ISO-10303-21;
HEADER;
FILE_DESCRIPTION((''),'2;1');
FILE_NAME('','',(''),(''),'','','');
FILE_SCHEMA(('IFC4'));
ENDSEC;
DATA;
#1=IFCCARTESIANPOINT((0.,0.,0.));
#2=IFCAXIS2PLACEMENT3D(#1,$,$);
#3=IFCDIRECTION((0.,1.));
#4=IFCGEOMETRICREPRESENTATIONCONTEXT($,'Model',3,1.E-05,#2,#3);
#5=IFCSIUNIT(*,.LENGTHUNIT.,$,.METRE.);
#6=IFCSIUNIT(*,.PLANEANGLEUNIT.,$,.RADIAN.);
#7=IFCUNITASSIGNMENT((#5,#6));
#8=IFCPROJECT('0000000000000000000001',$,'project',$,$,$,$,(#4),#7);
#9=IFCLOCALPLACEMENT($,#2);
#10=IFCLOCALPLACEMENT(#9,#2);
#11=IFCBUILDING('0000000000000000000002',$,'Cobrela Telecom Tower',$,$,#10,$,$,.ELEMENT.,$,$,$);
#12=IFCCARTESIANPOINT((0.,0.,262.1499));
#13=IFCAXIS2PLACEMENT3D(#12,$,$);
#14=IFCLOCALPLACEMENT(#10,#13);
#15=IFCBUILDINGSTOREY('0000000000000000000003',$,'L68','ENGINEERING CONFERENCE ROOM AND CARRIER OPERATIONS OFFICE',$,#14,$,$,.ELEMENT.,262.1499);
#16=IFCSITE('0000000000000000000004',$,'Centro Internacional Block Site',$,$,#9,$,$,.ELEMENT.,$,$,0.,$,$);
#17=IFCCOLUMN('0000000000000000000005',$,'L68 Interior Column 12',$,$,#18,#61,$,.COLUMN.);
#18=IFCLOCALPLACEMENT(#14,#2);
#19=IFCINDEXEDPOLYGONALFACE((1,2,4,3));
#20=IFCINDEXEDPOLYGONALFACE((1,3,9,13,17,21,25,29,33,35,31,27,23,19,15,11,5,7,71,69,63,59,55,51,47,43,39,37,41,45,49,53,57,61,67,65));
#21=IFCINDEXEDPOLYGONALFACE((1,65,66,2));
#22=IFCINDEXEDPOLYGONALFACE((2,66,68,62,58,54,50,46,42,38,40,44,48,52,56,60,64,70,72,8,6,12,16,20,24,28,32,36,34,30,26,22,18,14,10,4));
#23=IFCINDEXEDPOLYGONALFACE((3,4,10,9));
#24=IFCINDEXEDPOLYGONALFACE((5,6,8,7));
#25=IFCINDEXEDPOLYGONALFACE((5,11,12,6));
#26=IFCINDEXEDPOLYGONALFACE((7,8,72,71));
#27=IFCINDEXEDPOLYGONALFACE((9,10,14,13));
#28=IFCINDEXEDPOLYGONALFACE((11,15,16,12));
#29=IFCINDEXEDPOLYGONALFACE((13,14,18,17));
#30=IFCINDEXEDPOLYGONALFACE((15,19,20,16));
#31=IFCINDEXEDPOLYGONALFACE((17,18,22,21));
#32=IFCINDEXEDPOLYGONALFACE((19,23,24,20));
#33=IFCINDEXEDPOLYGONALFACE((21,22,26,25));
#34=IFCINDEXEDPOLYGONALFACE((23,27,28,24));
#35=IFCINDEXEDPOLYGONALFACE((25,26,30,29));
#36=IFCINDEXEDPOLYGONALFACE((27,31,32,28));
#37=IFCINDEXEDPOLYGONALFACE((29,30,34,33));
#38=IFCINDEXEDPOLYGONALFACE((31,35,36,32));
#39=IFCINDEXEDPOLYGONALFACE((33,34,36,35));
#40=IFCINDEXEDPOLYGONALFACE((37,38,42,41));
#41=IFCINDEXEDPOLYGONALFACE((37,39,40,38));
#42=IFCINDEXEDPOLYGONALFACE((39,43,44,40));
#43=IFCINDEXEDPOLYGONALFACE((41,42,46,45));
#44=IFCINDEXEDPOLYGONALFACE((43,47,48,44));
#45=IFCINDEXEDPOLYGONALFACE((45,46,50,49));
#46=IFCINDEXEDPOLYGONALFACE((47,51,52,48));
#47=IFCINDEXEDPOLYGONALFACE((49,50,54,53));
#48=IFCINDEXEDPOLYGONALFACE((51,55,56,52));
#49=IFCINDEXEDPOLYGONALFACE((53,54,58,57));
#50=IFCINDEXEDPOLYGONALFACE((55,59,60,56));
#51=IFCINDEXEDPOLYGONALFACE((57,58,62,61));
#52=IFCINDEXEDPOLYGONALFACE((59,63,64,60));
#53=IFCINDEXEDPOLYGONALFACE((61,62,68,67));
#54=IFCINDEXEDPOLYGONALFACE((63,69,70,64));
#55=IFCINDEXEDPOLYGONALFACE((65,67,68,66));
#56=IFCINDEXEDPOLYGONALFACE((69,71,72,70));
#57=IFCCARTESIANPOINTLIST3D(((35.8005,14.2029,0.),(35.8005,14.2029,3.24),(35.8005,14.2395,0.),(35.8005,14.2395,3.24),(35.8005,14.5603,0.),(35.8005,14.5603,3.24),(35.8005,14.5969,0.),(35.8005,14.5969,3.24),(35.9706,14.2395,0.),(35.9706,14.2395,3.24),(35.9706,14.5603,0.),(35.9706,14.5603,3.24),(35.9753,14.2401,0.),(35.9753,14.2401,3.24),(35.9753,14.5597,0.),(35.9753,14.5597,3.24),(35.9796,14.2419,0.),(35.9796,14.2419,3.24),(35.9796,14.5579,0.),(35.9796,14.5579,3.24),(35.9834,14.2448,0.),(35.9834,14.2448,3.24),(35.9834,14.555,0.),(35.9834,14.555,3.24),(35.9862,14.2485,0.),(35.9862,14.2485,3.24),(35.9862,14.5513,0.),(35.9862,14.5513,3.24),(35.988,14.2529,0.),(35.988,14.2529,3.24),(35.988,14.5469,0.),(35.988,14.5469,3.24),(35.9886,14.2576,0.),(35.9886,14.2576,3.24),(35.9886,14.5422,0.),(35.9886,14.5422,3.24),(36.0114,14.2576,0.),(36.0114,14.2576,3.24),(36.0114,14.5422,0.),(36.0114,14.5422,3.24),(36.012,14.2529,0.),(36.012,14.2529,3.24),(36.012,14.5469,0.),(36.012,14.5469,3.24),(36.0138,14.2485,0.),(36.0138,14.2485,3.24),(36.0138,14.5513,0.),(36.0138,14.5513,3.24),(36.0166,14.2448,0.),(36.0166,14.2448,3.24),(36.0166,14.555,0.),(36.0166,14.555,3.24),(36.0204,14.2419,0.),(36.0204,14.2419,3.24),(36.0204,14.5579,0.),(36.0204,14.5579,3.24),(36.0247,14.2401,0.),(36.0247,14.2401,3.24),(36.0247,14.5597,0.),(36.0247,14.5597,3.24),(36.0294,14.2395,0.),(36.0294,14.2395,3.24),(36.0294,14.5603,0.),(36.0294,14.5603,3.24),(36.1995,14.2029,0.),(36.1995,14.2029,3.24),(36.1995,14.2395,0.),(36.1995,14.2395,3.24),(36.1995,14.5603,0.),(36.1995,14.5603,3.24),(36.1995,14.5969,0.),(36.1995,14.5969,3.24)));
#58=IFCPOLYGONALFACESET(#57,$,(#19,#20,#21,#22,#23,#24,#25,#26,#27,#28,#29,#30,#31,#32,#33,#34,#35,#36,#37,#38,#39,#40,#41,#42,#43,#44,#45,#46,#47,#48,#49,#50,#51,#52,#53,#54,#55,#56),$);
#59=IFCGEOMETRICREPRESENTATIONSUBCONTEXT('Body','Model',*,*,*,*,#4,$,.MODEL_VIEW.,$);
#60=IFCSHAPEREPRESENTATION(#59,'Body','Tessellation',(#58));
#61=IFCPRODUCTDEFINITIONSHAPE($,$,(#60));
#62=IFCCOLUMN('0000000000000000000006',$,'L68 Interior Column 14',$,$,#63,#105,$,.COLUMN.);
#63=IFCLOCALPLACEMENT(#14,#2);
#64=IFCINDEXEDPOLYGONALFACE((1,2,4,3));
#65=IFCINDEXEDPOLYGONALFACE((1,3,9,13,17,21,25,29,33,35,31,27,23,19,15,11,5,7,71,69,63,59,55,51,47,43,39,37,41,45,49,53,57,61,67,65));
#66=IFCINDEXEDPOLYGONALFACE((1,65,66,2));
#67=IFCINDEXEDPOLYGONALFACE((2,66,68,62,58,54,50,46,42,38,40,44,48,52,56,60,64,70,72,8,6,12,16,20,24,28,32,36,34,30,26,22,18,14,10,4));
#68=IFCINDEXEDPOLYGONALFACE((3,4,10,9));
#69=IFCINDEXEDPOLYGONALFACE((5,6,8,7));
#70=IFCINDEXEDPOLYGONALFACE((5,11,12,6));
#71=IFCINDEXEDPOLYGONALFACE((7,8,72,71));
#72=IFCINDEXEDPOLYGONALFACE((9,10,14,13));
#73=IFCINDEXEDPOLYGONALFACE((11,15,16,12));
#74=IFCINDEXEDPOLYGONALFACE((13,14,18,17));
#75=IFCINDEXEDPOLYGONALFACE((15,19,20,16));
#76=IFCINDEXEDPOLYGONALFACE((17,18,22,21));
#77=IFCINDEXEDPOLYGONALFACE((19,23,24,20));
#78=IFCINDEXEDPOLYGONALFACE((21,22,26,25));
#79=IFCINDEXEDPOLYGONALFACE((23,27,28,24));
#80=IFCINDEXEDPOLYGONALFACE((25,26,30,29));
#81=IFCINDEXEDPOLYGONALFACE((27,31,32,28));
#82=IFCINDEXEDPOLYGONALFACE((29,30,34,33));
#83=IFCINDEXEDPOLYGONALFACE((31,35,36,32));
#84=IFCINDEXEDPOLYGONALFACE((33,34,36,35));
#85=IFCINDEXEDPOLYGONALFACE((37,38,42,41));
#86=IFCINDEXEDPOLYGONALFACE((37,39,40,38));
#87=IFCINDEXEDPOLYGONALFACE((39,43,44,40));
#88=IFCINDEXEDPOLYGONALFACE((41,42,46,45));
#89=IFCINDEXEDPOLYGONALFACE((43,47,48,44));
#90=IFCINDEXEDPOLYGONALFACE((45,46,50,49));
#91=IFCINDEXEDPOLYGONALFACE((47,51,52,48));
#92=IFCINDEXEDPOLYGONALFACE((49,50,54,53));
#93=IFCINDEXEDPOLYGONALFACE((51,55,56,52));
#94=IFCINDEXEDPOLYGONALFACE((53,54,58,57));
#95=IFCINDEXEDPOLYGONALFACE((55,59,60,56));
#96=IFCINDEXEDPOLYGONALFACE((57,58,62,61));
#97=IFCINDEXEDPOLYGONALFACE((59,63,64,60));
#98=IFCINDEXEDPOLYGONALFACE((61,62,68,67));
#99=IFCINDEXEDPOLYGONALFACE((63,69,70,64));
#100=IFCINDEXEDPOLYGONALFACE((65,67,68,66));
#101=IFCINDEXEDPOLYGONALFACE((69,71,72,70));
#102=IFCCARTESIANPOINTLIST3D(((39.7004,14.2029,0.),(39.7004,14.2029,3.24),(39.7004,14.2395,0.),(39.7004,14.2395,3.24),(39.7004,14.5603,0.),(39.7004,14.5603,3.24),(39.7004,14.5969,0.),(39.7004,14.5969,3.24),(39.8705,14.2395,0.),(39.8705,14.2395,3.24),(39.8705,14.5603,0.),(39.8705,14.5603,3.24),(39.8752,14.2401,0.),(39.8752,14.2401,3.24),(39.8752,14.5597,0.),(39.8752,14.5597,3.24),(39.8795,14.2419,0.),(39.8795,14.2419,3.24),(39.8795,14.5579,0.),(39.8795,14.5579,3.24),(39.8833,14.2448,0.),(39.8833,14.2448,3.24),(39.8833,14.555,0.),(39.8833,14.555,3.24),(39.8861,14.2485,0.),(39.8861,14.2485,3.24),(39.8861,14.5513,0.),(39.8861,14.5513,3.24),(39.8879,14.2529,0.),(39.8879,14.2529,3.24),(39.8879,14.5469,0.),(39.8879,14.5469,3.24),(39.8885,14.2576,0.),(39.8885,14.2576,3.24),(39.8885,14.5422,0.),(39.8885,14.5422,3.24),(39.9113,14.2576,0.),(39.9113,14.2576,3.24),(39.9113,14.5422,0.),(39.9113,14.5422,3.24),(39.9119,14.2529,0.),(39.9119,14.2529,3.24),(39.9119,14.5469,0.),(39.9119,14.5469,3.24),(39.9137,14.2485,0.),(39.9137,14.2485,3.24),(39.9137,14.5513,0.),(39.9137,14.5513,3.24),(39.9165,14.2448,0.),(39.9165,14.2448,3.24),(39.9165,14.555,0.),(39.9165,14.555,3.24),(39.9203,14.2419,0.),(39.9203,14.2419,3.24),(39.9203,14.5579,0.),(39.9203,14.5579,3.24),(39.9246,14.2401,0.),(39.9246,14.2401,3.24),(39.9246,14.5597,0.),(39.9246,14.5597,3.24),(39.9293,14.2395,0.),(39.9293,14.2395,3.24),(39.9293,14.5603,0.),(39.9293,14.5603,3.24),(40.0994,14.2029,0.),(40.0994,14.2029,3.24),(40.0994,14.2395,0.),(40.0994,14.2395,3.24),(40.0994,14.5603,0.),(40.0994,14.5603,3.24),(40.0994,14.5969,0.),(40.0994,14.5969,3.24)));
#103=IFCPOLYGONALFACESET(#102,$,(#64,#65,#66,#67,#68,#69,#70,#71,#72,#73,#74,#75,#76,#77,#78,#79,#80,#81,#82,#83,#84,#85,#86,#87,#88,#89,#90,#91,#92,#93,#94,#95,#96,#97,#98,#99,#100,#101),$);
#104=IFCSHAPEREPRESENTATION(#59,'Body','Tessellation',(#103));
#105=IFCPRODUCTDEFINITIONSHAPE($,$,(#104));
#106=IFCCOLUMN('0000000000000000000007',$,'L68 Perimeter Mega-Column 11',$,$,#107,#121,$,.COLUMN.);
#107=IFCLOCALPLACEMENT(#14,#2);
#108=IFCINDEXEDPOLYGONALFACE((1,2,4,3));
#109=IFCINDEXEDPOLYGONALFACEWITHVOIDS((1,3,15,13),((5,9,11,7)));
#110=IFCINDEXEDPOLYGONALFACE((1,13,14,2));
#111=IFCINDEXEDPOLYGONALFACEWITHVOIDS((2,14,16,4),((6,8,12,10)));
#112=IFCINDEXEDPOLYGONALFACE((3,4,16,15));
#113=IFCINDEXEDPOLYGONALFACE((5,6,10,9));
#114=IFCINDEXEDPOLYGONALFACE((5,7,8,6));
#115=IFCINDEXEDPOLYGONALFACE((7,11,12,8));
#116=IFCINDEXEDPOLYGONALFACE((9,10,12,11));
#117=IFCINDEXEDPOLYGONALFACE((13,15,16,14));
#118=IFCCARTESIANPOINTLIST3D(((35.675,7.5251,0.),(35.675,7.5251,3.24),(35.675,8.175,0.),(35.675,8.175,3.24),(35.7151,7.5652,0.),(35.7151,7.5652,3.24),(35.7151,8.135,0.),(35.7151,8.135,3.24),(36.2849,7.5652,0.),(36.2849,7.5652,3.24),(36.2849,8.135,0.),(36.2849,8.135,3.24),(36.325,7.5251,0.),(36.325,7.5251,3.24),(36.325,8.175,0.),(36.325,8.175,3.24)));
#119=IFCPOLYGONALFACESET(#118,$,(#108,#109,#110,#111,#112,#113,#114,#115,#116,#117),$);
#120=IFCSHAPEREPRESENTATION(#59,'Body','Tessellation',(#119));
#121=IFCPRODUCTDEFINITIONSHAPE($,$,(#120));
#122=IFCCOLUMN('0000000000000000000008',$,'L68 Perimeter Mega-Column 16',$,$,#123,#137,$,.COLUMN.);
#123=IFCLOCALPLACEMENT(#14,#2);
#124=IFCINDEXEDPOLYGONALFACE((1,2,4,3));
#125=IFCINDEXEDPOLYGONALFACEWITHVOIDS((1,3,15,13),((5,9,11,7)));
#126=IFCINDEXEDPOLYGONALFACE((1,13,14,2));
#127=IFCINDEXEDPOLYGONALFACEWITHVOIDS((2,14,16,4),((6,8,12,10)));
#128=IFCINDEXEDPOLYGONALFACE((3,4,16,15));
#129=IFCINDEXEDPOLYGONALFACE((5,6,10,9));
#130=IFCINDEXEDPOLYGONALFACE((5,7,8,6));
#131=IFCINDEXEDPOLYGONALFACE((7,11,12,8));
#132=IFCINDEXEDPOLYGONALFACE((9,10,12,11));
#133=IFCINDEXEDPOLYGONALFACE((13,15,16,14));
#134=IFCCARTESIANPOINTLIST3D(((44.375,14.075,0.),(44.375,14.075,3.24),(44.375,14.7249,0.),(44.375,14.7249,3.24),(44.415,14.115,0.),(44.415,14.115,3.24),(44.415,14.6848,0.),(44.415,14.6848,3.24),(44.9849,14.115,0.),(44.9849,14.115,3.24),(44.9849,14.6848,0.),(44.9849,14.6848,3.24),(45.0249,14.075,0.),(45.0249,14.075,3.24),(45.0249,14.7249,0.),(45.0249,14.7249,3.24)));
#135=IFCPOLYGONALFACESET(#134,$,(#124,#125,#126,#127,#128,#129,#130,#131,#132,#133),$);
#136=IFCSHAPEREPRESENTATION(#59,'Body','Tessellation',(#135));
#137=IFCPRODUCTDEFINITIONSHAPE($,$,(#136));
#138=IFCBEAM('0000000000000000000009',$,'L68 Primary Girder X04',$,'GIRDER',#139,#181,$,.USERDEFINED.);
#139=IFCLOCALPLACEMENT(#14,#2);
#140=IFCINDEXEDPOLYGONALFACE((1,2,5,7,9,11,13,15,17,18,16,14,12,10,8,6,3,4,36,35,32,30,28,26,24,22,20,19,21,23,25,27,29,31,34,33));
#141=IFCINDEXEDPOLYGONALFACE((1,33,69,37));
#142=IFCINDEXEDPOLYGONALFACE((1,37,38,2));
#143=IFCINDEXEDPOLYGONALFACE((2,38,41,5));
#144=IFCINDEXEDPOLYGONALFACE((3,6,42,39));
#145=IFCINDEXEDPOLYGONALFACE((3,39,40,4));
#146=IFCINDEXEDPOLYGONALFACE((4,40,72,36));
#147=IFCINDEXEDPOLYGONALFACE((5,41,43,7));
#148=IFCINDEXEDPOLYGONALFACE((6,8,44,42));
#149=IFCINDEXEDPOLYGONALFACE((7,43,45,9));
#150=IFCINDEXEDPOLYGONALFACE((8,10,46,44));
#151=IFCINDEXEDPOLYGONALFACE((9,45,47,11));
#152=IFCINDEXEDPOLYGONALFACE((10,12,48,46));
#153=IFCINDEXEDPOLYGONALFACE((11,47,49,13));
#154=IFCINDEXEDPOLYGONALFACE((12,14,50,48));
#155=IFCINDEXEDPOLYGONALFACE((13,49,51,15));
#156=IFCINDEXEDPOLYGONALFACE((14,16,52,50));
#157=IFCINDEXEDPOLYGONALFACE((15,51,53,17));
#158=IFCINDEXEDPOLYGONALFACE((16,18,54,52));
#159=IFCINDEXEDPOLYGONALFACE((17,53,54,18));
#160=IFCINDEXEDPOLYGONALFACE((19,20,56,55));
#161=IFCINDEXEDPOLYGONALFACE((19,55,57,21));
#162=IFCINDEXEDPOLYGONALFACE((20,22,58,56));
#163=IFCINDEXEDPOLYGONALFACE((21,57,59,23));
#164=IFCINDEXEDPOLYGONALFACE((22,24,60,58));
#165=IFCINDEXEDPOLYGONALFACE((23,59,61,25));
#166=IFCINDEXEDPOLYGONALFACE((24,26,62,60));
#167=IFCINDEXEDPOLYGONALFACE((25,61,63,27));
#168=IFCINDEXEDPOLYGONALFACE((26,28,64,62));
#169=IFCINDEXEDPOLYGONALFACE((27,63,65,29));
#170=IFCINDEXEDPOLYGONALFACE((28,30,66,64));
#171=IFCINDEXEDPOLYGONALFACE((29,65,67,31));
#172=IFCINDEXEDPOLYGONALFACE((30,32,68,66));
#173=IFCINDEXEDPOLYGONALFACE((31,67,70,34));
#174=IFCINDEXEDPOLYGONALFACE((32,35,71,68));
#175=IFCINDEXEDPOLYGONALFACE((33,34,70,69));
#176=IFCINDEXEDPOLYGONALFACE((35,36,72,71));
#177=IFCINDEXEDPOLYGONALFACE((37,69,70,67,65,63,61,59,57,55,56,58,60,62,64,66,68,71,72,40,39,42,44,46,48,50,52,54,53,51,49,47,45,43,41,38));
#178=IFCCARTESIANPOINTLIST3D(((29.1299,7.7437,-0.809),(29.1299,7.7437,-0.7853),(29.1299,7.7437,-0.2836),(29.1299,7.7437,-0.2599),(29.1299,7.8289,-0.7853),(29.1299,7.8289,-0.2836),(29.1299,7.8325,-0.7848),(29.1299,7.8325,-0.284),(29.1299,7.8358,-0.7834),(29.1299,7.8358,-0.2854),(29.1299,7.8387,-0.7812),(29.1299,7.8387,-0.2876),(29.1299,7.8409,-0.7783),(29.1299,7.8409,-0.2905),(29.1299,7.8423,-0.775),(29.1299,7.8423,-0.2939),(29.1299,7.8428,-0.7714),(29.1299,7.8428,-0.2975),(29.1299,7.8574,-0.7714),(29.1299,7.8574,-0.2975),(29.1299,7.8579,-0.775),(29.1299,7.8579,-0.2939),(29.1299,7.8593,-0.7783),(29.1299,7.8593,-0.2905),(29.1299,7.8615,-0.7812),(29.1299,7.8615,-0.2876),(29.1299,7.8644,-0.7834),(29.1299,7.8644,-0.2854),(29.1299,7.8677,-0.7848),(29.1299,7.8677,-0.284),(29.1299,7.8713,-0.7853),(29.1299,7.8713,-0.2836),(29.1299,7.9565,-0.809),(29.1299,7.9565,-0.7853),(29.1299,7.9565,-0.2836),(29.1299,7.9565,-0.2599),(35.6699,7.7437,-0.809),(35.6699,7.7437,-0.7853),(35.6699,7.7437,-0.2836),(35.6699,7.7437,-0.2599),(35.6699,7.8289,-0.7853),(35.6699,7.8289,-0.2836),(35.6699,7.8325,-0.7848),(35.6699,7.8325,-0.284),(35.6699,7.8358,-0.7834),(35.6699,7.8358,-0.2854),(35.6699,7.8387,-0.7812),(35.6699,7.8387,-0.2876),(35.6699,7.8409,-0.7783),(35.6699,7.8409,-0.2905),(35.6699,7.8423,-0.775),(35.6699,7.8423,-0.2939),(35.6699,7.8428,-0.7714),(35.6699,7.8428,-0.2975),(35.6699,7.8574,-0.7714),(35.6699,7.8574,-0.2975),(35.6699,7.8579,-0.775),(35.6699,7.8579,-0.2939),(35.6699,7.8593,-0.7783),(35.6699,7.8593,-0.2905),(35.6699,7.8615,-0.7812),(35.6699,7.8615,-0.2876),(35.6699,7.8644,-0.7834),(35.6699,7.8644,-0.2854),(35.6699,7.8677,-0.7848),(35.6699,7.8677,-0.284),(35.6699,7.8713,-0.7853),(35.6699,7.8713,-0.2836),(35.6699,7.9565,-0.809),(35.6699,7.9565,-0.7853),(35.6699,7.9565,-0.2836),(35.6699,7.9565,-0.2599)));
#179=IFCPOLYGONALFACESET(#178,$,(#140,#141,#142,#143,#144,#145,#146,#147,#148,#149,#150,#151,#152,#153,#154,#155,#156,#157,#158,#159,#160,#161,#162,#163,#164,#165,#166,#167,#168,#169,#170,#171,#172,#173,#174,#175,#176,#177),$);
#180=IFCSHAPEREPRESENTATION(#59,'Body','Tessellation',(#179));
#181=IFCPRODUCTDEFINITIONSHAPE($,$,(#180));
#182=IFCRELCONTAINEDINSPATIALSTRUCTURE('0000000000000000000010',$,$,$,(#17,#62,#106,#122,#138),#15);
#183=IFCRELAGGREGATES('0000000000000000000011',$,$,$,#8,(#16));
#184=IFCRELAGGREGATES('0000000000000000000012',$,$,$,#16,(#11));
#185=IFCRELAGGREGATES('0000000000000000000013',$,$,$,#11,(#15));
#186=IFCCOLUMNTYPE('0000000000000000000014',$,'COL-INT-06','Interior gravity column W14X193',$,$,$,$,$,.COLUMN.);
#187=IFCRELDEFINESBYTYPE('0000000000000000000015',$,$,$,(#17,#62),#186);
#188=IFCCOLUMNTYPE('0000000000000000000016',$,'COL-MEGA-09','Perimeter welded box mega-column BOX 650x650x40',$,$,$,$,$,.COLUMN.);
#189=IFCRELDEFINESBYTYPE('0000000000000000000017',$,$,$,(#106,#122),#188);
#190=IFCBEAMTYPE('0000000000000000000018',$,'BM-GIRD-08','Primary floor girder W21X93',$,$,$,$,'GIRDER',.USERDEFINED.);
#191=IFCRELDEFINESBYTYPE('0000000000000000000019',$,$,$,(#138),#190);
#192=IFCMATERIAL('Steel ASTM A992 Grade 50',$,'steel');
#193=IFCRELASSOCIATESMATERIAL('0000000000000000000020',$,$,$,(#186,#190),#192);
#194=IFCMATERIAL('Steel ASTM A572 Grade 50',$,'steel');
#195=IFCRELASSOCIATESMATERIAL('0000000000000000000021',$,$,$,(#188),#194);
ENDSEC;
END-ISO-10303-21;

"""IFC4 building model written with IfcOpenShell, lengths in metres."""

from ifc_helpers import new_model, si_unit, direction, frame, origin, origin_2d, place, context, subcontext, project, spatial, hollow_rectangle, i_section, extrude, material, material_profile, profile_set, type_object, element, save


model = new_model("IFC4")

# Units and contexts
model_context = context("Model", 3, precision=1e-05, world=origin(), true_north=direction((0.0, 1.0)))
body_context = subcontext(model_context, "Body", "Model", "MODEL_VIEW")
ifc_project = project(units=[si_unit("LENGTHUNIT", "METRE"), si_unit("PLANEANGLEUNIT", "RADIAN")], contexts=[model_context])

# Site, building, storey
site_placement = place(None, origin())
site = spatial("IfcSite", under=ifc_project, at=site_placement, Name="Centro Internacional Block Site", CompositionType="ELEMENT", RefElevation=0.0)
building_placement = place(site_placement, origin())
building = spatial("IfcBuilding", under=site, at=building_placement, Name="Cobrela Telecom Tower", CompositionType="ELEMENT")
storey_placement = place(building_placement, frame((0.0, 0.0, 262.1499)))
storey = spatial("IfcBuildingStorey", under=building, at=storey_placement, Name="L68", Description="ENGINEERING CONFERENCE ROOM AND CARRIER OPERATIONS OFFICE", CompositionType="ELEMENT", Elevation=262.1499)

# Columns
ifc_material_1 = material(Name="Steel ASTM A992 Grade 50", Category="steel")
ifc_material_profile_1 = material_profile(ifc_material_1, i_section(OverallWidth=0.3989, OverallDepth=0.394, WebThickness=0.0227, FlangeThickness=0.0366, FilletRadius=0.0181, at=origin_2d()), Name="W14X193")
ifc_profile_set_1 = profile_set([ifc_material_profile_1], Name="Steel ASTM A992 Grade 50")
column_type_1 = type_object("IfcColumnType", Name="COL-INT-06", Description="Interior gravity column W14X193", PredefinedType="COLUMN", material=ifc_profile_set_1)
for number, where, z_axis, x_axis, name in (
    (1, (36.0, 14.3999, 0.0), (0.0, 0.0, 1.0), (1.0, 0.0, 0.0), "L68 Interior Column 12"),
    (2, (39.8999, 14.3999, 0.0), (0.0, 0.0, 1.0), (1.0, 0.0, 0.0), "L68 Interior Column 14"),
):
    element("IfcColumn", number, at=place(storey_placement, frame(where, z_axis=z_axis, x_axis=x_axis)), inside=storey, type_object=column_type_1, Name=name, PredefinedType="COLUMN", context=body_context, shape_type="SweptSolid", body=[
        extrude(i_section(OverallWidth=0.3989, OverallDepth=0.394, WebThickness=0.0227, FlangeThickness=0.0366, FilletRadius=0.0181, at=origin_2d()), origin(), (0.0, 0.0, 1.0), 3.24),
    ])
ifc_material_2 = material(Name="Steel ASTM A572 Grade 50", Category="steel")
ifc_material_profile_2 = material_profile(ifc_material_2, hollow_rectangle(XDim=0.6499, YDim=0.6499, WallThickness=0.04, at=origin_2d()), Name="BOX 650x650x40")
ifc_profile_set_2 = profile_set([ifc_material_profile_2], Name="Steel ASTM A572 Grade 50")
column_type_2 = type_object("IfcColumnType", Name="COL-MEGA-09", Description="Perimeter welded box mega-column BOX 650x650x40", PredefinedType="COLUMN", material=ifc_profile_set_2)
for number, where, z_axis, x_axis, name in (
    (3, (36.0, 7.8501, 0.0), (0.0, 0.0, 1.0), (1.0, 0.0, 0.0), "L68 Perimeter Mega-Column 11"),
    (4, (44.7, 14.3999, 0.0), (0.0, 0.0, 1.0), (1.0, 0.0, 0.0), "L68 Perimeter Mega-Column 16"),
):
    element("IfcColumn", number, at=place(storey_placement, frame(where, z_axis=z_axis, x_axis=x_axis)), inside=storey, type_object=column_type_2, Name=name, PredefinedType="COLUMN", context=body_context, shape_type="SweptSolid", body=[
        extrude(hollow_rectangle(XDim=0.6499, YDim=0.6499, WallThickness=0.04, at=origin_2d()), origin(), (0.0, 0.0, 1.0), 3.24),
    ])

# Beam
ifc_material_profile_3 = material_profile(ifc_material_1, i_section(OverallWidth=0.2129, OverallDepth=0.5491, WebThickness=0.0146, FlangeThickness=0.0237, FilletRadius=0.0139, at=origin_2d()), Name="W21X93")
ifc_profile_set_3 = profile_set([ifc_material_profile_3], Name="Steel ASTM A992 Grade 50")
beam_type_1 = type_object("IfcBeamType", Name="BM-GIRD-08", Description="Primary floor girder W21X93", ElementType="GIRDER", PredefinedType="USERDEFINED", material=ifc_profile_set_3)
beam_1_placement = place(storey_placement, frame((29.1299, 7.8501, -0.5344), z_axis=(1.0, 0.0, 0.0), x_axis=(0.0, 1.0, 0.0)))
element("IfcBeam", 5, at=beam_1_placement, inside=storey, type_object=beam_type_1, Name="L68 Primary Girder X04", ObjectType="GIRDER", PredefinedType="USERDEFINED", context=body_context, shape_type="SweptSolid", body=[
    extrude(i_section(OverallWidth=0.2129, OverallDepth=0.5491, WebThickness=0.0146, FlangeThickness=0.0237, FilletRadius=0.0139, at=origin_2d()), origin(), (0.0, 0.0, 1.0), 6.54),
])

save(model, "model.ifc")
